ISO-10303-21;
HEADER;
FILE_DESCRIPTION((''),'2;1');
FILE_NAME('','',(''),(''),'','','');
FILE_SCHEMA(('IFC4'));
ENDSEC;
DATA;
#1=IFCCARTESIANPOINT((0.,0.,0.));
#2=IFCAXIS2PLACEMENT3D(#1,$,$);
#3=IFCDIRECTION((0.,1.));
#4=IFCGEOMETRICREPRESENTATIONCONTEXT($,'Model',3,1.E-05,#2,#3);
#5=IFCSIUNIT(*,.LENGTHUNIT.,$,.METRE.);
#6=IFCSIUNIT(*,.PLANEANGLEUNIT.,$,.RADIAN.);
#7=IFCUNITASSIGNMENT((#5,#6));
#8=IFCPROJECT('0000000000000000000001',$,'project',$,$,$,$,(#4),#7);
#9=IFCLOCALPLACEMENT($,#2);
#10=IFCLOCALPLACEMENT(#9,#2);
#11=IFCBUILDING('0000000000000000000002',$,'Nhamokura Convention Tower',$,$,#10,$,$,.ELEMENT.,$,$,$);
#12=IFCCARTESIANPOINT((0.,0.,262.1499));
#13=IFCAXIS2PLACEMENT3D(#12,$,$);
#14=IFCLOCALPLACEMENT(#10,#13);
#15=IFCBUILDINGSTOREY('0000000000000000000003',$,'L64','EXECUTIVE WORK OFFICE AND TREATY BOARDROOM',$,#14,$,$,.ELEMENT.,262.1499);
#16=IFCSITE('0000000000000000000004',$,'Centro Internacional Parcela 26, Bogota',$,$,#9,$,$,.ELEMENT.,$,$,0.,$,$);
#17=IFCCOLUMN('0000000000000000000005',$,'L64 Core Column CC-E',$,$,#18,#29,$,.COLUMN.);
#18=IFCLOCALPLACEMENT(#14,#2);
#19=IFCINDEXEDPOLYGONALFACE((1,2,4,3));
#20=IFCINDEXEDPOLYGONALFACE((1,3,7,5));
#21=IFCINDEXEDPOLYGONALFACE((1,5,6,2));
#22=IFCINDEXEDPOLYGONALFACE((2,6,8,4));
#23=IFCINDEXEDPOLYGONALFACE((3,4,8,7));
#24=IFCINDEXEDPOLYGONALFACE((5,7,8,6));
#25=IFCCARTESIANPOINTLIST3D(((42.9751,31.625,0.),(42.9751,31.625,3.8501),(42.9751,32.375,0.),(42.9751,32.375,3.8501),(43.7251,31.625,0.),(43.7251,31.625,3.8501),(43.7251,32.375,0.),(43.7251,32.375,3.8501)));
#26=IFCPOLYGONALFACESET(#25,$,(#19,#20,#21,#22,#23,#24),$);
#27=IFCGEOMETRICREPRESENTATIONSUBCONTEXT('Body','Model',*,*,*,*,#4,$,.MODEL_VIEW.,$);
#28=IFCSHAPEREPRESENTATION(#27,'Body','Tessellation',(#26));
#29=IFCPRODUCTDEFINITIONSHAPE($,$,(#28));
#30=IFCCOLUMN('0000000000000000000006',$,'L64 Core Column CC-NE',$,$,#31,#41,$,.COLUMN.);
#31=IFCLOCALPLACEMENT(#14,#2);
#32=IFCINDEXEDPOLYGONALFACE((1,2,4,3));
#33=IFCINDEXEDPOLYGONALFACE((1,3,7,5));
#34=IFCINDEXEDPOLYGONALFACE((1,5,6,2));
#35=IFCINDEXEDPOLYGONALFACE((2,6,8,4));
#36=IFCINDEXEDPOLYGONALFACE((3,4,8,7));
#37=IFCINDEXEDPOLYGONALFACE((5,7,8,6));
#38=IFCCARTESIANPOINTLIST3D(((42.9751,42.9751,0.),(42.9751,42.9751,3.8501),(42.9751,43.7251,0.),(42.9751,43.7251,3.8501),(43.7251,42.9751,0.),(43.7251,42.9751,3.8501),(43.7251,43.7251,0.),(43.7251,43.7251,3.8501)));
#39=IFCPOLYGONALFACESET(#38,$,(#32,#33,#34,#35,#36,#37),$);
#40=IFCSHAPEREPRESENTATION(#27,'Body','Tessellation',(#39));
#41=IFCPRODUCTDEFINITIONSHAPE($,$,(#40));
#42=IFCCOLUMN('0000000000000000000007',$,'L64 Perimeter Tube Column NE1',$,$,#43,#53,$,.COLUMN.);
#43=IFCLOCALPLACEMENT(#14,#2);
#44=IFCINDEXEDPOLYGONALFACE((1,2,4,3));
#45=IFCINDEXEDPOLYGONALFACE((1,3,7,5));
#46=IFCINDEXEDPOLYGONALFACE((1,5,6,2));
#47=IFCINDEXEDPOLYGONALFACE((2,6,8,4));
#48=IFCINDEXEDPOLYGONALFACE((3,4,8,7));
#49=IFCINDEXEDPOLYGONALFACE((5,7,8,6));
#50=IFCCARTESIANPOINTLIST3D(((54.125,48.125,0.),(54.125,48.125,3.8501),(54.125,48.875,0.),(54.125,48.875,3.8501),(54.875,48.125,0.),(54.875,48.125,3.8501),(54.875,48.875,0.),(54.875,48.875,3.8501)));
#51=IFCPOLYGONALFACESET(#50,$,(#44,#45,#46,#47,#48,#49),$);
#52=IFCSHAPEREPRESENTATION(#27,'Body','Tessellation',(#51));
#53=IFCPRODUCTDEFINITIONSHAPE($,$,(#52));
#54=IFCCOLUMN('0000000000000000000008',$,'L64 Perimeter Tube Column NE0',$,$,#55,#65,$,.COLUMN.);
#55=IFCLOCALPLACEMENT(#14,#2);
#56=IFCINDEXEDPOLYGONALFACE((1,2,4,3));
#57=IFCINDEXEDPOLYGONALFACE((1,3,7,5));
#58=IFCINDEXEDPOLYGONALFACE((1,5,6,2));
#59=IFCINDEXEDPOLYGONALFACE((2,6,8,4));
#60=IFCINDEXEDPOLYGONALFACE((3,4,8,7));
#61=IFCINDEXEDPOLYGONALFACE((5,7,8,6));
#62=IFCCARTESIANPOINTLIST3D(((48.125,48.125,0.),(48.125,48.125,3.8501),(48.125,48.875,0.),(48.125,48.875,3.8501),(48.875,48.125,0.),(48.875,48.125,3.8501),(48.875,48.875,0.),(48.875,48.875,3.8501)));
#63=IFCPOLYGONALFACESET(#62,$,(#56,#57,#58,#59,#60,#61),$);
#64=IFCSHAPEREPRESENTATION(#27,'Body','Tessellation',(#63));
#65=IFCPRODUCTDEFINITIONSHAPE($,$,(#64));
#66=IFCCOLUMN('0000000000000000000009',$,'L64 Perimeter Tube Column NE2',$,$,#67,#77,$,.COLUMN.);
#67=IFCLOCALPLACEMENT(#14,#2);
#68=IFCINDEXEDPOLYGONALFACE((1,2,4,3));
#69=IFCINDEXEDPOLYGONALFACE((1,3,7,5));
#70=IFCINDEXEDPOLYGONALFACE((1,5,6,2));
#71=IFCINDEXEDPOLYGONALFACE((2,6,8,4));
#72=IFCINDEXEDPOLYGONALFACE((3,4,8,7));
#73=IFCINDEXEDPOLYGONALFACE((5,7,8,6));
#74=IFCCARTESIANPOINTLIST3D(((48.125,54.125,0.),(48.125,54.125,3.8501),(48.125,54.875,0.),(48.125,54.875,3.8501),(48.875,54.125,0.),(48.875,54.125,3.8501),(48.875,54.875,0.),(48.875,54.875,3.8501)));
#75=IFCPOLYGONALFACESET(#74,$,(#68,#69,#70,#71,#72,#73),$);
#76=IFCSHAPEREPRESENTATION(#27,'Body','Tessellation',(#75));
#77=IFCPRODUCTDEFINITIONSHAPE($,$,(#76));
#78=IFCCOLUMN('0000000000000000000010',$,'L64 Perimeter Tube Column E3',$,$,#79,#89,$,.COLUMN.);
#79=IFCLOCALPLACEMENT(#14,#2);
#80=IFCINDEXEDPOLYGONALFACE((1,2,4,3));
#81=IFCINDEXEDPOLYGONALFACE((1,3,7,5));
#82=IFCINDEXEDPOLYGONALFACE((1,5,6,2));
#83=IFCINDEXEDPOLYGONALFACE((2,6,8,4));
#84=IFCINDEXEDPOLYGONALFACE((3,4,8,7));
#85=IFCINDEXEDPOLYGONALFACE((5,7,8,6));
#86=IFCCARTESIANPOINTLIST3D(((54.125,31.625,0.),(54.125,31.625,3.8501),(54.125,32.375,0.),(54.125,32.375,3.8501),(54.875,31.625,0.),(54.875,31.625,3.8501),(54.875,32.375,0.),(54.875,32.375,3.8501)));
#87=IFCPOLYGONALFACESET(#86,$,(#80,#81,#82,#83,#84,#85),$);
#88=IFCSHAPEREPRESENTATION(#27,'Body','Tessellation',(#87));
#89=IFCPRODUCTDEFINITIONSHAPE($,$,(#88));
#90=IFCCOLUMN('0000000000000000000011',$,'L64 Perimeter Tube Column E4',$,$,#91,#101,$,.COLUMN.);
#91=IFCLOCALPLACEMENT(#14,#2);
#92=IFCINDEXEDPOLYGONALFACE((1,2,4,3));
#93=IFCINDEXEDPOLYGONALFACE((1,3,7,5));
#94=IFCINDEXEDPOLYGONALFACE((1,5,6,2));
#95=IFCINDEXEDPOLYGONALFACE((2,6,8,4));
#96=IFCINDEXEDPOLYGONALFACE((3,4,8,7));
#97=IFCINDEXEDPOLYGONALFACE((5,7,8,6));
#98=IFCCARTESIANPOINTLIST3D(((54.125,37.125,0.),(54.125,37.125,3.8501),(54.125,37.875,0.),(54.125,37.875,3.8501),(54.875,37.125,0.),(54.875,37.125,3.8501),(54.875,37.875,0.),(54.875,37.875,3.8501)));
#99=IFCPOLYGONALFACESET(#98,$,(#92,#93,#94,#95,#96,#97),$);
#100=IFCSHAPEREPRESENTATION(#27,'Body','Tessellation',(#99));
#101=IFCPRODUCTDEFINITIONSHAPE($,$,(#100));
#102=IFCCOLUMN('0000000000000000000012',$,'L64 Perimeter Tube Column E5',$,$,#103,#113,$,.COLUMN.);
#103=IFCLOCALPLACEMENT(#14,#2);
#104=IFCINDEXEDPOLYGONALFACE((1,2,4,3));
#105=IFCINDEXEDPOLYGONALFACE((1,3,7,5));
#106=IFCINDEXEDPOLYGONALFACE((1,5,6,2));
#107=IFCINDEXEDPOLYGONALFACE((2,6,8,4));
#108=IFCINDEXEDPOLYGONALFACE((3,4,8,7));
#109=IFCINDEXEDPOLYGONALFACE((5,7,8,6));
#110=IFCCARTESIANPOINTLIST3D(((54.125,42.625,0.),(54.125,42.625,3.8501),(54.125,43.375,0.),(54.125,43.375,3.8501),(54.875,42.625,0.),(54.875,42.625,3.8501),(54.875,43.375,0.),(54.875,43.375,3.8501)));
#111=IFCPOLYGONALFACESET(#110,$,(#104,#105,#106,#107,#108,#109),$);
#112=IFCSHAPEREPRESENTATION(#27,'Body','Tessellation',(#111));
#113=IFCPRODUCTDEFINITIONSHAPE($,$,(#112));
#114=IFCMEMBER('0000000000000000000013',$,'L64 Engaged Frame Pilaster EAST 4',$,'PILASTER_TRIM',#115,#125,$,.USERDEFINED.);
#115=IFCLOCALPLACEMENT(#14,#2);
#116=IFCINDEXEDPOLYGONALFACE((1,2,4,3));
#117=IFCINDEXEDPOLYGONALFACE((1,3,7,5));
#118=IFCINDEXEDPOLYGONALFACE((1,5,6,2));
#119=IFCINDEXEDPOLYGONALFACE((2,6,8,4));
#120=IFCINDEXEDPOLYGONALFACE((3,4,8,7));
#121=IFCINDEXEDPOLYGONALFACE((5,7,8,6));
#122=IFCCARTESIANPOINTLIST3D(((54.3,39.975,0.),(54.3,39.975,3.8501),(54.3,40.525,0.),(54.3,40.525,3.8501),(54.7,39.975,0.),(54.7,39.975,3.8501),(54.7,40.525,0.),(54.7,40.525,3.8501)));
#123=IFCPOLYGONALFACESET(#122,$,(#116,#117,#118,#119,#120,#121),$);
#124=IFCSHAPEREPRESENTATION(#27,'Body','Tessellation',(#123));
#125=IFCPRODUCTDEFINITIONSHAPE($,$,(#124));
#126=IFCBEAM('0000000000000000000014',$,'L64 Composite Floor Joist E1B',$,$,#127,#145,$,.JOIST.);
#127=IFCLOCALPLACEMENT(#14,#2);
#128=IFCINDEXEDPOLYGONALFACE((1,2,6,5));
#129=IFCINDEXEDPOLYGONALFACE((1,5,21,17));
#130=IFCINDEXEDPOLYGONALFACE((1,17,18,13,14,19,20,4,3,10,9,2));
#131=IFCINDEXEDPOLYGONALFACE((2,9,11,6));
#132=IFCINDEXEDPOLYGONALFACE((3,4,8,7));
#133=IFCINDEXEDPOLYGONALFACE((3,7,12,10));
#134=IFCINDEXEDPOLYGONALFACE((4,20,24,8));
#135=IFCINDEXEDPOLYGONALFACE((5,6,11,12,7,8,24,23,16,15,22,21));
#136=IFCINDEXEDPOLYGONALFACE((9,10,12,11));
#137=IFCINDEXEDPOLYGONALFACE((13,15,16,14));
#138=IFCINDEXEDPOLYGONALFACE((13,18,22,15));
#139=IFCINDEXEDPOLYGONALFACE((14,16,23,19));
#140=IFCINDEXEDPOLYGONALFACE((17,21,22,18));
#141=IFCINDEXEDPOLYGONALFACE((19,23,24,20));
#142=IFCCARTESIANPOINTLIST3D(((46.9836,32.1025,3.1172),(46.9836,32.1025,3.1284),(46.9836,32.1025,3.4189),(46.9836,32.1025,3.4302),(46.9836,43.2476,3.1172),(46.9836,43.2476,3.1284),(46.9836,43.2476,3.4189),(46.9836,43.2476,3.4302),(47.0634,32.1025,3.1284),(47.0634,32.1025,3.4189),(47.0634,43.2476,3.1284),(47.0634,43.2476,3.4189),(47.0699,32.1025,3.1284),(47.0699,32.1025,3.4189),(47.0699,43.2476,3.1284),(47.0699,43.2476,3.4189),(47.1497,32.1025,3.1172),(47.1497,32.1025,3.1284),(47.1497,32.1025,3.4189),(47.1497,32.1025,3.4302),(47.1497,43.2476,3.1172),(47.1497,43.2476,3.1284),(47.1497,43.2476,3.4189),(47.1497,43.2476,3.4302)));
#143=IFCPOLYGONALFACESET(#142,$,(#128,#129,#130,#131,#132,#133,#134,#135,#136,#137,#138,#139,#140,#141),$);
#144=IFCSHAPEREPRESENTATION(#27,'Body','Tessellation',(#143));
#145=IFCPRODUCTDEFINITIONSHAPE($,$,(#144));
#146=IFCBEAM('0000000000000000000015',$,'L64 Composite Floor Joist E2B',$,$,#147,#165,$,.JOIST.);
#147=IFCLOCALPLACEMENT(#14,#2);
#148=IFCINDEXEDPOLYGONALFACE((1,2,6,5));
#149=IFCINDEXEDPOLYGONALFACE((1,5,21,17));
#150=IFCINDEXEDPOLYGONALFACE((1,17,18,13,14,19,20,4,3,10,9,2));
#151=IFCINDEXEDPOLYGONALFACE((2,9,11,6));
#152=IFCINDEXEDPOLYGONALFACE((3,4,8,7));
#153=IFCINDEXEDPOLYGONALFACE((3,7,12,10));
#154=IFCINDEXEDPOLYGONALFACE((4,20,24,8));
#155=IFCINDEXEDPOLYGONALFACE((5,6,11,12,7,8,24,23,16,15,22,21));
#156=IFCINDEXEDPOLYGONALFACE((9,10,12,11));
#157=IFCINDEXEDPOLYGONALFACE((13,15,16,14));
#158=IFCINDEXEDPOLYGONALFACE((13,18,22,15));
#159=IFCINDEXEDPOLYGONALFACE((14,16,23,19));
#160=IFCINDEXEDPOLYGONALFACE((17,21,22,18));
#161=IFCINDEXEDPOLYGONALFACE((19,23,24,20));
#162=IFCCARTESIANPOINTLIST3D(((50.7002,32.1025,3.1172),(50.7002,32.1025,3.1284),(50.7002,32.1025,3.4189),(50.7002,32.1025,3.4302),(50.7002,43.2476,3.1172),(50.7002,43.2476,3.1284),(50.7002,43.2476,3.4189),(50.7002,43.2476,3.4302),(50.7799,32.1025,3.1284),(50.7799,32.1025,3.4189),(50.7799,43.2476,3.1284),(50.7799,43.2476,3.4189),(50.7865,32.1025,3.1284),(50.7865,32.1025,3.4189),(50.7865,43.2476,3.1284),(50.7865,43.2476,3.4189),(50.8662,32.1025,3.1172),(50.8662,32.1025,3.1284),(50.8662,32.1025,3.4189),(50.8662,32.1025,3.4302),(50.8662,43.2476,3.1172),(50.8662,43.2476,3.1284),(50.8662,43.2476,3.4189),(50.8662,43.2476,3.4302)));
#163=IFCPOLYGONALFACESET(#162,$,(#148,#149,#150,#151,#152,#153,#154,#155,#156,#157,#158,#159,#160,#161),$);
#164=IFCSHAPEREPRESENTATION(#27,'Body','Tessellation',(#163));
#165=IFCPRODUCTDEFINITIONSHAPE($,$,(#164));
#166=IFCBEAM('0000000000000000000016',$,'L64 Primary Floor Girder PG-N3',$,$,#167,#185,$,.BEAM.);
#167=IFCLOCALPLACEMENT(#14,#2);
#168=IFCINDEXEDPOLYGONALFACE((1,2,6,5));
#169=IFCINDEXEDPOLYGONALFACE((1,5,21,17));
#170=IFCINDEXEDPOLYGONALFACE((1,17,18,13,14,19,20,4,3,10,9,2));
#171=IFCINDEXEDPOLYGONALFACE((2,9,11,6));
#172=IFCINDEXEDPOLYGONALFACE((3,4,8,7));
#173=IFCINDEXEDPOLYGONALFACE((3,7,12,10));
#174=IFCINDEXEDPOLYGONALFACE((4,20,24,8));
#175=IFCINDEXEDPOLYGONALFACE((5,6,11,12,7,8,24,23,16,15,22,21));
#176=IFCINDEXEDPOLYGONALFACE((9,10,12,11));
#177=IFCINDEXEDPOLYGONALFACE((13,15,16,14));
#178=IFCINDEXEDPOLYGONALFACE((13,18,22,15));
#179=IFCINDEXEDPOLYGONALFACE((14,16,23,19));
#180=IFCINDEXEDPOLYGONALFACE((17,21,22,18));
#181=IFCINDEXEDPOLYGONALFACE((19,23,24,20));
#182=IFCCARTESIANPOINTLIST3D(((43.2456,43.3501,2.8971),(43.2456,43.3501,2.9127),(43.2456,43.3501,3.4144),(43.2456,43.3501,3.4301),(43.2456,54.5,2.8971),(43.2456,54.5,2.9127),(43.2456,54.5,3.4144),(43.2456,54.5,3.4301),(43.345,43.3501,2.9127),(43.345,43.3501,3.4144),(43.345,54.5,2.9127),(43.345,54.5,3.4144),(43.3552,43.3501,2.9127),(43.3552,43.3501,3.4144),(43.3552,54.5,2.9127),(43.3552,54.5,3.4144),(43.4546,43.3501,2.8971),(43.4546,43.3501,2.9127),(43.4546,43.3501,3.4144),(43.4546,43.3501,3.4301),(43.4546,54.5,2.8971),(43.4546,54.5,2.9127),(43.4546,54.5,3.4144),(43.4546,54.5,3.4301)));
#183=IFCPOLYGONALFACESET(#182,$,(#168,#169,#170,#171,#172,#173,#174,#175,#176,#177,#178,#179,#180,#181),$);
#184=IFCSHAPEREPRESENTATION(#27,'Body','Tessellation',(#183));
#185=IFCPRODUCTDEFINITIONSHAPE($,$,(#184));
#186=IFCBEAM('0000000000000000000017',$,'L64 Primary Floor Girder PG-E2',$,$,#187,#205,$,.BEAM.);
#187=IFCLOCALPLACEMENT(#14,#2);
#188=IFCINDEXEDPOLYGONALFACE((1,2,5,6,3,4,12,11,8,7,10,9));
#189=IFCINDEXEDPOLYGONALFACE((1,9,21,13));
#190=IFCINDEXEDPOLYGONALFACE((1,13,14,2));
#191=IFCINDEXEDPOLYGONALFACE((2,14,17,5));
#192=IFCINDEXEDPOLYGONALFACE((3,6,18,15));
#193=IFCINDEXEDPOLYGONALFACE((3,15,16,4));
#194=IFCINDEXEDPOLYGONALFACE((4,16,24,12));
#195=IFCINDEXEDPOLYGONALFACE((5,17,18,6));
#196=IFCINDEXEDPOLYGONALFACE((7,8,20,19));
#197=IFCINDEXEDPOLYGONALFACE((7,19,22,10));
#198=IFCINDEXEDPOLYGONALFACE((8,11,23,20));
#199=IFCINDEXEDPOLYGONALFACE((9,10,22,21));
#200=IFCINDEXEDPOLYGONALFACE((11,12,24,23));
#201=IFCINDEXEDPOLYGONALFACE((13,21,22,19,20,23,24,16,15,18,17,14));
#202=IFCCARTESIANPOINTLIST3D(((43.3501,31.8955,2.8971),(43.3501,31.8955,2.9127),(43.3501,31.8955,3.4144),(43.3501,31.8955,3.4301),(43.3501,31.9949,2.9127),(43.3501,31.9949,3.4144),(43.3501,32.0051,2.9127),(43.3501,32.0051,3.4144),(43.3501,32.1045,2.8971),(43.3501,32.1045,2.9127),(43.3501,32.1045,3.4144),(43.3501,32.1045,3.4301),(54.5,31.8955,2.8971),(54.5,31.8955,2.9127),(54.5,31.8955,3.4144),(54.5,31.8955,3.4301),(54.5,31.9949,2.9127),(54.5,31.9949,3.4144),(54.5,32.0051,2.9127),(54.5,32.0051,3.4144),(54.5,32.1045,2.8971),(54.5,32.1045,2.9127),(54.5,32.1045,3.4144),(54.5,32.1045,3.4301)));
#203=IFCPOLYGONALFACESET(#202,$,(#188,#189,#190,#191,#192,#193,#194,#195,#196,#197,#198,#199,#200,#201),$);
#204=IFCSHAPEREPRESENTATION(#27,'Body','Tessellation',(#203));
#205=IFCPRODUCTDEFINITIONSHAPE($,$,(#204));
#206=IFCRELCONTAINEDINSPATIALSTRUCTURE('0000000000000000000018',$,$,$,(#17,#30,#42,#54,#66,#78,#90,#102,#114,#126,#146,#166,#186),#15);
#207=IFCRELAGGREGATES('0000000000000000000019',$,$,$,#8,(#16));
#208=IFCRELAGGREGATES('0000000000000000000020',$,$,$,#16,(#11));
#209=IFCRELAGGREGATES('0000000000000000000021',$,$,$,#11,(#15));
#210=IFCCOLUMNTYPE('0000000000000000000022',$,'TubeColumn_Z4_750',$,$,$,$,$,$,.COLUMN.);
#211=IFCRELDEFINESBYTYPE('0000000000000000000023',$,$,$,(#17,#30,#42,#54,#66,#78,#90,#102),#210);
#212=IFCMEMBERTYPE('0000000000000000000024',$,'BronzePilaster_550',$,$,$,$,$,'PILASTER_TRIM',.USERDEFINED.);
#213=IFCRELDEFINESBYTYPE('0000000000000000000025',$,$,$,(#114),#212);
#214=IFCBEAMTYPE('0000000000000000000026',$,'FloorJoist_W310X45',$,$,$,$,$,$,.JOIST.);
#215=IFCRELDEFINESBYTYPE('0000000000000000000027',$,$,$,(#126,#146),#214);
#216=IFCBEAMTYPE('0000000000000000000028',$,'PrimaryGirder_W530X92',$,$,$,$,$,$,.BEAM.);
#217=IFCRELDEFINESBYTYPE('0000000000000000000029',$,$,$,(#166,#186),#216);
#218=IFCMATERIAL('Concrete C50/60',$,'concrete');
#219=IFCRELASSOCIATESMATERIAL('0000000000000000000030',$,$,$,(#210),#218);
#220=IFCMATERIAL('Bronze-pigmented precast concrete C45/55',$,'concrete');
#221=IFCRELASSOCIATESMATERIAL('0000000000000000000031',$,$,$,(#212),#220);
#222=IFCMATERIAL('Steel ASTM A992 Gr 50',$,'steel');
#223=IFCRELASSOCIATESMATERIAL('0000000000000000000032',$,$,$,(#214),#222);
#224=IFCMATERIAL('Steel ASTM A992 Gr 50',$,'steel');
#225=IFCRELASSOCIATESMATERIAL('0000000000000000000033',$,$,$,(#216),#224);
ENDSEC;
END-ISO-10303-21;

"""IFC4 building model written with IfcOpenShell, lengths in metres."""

from ifc_helpers import new_model, si_unit, direction, frame, origin, origin_2d, place, context, subcontext, project, spatial, rectangle, i_section, extrude, material, material_profile, profile_set, type_object, element, save


model = new_model("IFC4")

# Units and contexts
model_context = context("Model", 3, precision=1e-05, world=origin(), true_north=direction((0.0, 1.0)))
body_context = subcontext(model_context, "Body", "Model", "MODEL_VIEW")
ifc_project = project(units=[si_unit("LENGTHUNIT", "METRE"), si_unit("PLANEANGLEUNIT", "RADIAN")], contexts=[model_context])

# Site, building, storey
site_placement = place(None, origin())
site = spatial("IfcSite", under=ifc_project, at=site_placement, Name="Centro Internacional Parcela 26, Bogota", CompositionType="ELEMENT", RefElevation=0.0)
building_placement = place(site_placement, origin())
building = spatial("IfcBuilding", under=site, at=building_placement, Name="Nhamokura Convention Tower", CompositionType="ELEMENT")
storey_placement = place(building_placement, frame((0.0, 0.0, 262.1499)))
storey = spatial("IfcBuildingStorey", under=building, at=storey_placement, Name="L64", Description="EXECUTIVE WORK OFFICE AND TREATY BOARDROOM", CompositionType="ELEMENT", Elevation=262.1499)

# Columns
ifc_material_1 = material(Name="Concrete C50/60", Category="concrete")
ifc_material_profile_1 = material_profile(ifc_material_1, rectangle(XDim=0.75, YDim=0.75, at=origin_2d()))
ifc_profile_set_1 = profile_set([ifc_material_profile_1], Name="Concrete C50/60")
column_type = type_object("IfcColumnType", Name="TubeColumn_Z4_750", PredefinedType="COLUMN", material=ifc_profile_set_1)
for number, where, z_axis, x_axis, name in (
    (1, (43.3501, 32.0, 0.0), (0.0, 0.0, 1.0), (1.0, 0.0, 0.0), "L64 Core Column CC-E"),
    (2, (43.3501, 43.3501, 0.0), (0.0, 0.0, 1.0), (1.0, 0.0, 0.0), "L64 Core Column CC-NE"),
    (3, (54.5, 48.5, 0.0), (0.0, 0.0, 1.0), (1.0, 0.0, 0.0), "L64 Perimeter Tube Column NE1"),
    (4, (48.5, 48.5, 0.0), (0.0, 0.0, 1.0), (1.0, 0.0, 0.0), "L64 Perimeter Tube Column NE0"),
    (5, (48.5, 54.5, 0.0), (0.0, 0.0, 1.0), (1.0, 0.0, 0.0), "L64 Perimeter Tube Column NE2"),
    (6, (54.5, 32.0, 0.0), (0.0, 0.0, 1.0), (1.0, 0.0, 0.0), "L64 Perimeter Tube Column E3"),
    (7, (54.5, 37.5, 0.0), (0.0, 0.0, 1.0), (1.0, 0.0, 0.0), "L64 Perimeter Tube Column E4"),
    (8, (54.5, 43.0, 0.0), (0.0, 0.0, 1.0), (1.0, 0.0, 0.0), "L64 Perimeter Tube Column E5"),
):
    element("IfcColumn", number, at=place(storey_placement, frame(where, z_axis=z_axis, x_axis=x_axis)), inside=storey, type_object=column_type, Name=name, PredefinedType="COLUMN", context=body_context, shape_type="SweptSolid", body=[
        extrude(rectangle(XDim=0.75, YDim=0.75, at=origin_2d()), origin(), (0.0, 0.0, 1.0), 3.8501),
    ])

# Member
ifc_material_2 = material(Name="Bronze-pigmented precast concrete C45/55", Category="concrete")
ifc_material_profile_2 = material_profile(ifc_material_2, rectangle(XDim=0.3999, YDim=0.55, at=origin_2d()))
ifc_profile_set_2 = profile_set([ifc_material_profile_2], Name="Bronze-pigmented precast concrete C45/55")
member_type_1 = type_object("IfcMemberType", Name="BronzePilaster_550", ElementType="PILASTER_TRIM", PredefinedType="USERDEFINED", material=ifc_profile_set_2)
member_placement = place(storey_placement, frame((54.5, 40.25, 0.0), z_axis=(0.0, 0.0, 1.0), x_axis=(1.0, 0.0, 0.0)))
element("IfcMember", 9, at=member_placement, inside=storey, type_object=member_type_1, Name="L64 Engaged Frame Pilaster EAST 4", ObjectType="PILASTER_TRIM", PredefinedType="USERDEFINED", context=body_context, shape_type="SweptSolid", body=[
    extrude(rectangle(XDim=0.3999, YDim=0.55, at=origin_2d()), origin(), (0.0, 0.0, 1.0), 3.8501),
])

# Beams
ifc_material_3 = material(Name="Steel ASTM A992 Gr 50", Category="steel")
ifc_material_profile_3 = material_profile(ifc_material_3, i_section(OverallWidth=0.166, OverallDepth=0.313, WebThickness=0.0066, FlangeThickness=0.0112, at=origin_2d()))
ifc_profile_set_3 = profile_set([ifc_material_profile_3], Name="Steel ASTM A992 Gr 50")
beam_type_1 = type_object("IfcBeamType", Name="FloorJoist_W310X45", PredefinedType="JOIST", material=ifc_profile_set_3)
for number, where, z_axis, x_axis, name in (
    (10, (47.0667, 32.1025, 3.2737), (0.0, 1.0, 0.0), (-1.0, 0.0, 0.0), "L64 Composite Floor Joist E1B"),
    (11, (50.7832, 32.1025, 3.2737), (0.0, 1.0, 0.0), (-1.0, 0.0, 0.0), "L64 Composite Floor Joist E2B"),
):
    element("IfcBeam", number, at=place(storey_placement, frame(where, z_axis=z_axis, x_axis=x_axis)), inside=storey, type_object=beam_type_1, Name=name, PredefinedType="JOIST", context=body_context, shape_type="SweptSolid", body=[
        extrude(i_section(OverallWidth=0.166, OverallDepth=0.313, WebThickness=0.0066, FlangeThickness=0.0112, at=origin_2d()), origin(), (0.0, 0.0, 1.0), 11.145),
    ])
ifc_material_4 = material(Name="Steel ASTM A992 Gr 50", Category="steel")
ifc_material_profile_4 = material_profile(ifc_material_4, i_section(OverallWidth=0.209, OverallDepth=0.533, WebThickness=0.0103, FlangeThickness=0.0156, at=origin_2d()))
ifc_profile_set_4 = profile_set([ifc_material_profile_4], Name="Steel ASTM A992 Gr 50")
beam_type_2 = type_object("IfcBeamType", Name="PrimaryGirder_W530X92", PredefinedType="BEAM", material=ifc_profile_set_4)
for number, where, z_axis, x_axis, name in (
    (12, (43.3501, 43.3501, 3.1636), (0.0, 1.0, 0.0), (-1.0, 0.0, 0.0), "L64 Primary Floor Girder PG-N3"),
    (13, (43.3501, 32.0, 3.1636), (1.0, 0.0, 0.0), (0.0, 1.0, 0.0), "L64 Primary Floor Girder PG-E2"),
):
    element("IfcBeam", number, at=place(storey_placement, frame(where, z_axis=z_axis, x_axis=x_axis)), inside=storey, type_object=beam_type_2, Name=name, PredefinedType="BEAM", context=body_context, shape_type="SweptSolid", body=[
        extrude(i_section(OverallWidth=0.209, OverallDepth=0.533, WebThickness=0.0103, FlangeThickness=0.0156, at=origin_2d()), origin(), (0.0, 0.0, 1.0), 11.1499),
    ])

save(model, "model.ifc")
